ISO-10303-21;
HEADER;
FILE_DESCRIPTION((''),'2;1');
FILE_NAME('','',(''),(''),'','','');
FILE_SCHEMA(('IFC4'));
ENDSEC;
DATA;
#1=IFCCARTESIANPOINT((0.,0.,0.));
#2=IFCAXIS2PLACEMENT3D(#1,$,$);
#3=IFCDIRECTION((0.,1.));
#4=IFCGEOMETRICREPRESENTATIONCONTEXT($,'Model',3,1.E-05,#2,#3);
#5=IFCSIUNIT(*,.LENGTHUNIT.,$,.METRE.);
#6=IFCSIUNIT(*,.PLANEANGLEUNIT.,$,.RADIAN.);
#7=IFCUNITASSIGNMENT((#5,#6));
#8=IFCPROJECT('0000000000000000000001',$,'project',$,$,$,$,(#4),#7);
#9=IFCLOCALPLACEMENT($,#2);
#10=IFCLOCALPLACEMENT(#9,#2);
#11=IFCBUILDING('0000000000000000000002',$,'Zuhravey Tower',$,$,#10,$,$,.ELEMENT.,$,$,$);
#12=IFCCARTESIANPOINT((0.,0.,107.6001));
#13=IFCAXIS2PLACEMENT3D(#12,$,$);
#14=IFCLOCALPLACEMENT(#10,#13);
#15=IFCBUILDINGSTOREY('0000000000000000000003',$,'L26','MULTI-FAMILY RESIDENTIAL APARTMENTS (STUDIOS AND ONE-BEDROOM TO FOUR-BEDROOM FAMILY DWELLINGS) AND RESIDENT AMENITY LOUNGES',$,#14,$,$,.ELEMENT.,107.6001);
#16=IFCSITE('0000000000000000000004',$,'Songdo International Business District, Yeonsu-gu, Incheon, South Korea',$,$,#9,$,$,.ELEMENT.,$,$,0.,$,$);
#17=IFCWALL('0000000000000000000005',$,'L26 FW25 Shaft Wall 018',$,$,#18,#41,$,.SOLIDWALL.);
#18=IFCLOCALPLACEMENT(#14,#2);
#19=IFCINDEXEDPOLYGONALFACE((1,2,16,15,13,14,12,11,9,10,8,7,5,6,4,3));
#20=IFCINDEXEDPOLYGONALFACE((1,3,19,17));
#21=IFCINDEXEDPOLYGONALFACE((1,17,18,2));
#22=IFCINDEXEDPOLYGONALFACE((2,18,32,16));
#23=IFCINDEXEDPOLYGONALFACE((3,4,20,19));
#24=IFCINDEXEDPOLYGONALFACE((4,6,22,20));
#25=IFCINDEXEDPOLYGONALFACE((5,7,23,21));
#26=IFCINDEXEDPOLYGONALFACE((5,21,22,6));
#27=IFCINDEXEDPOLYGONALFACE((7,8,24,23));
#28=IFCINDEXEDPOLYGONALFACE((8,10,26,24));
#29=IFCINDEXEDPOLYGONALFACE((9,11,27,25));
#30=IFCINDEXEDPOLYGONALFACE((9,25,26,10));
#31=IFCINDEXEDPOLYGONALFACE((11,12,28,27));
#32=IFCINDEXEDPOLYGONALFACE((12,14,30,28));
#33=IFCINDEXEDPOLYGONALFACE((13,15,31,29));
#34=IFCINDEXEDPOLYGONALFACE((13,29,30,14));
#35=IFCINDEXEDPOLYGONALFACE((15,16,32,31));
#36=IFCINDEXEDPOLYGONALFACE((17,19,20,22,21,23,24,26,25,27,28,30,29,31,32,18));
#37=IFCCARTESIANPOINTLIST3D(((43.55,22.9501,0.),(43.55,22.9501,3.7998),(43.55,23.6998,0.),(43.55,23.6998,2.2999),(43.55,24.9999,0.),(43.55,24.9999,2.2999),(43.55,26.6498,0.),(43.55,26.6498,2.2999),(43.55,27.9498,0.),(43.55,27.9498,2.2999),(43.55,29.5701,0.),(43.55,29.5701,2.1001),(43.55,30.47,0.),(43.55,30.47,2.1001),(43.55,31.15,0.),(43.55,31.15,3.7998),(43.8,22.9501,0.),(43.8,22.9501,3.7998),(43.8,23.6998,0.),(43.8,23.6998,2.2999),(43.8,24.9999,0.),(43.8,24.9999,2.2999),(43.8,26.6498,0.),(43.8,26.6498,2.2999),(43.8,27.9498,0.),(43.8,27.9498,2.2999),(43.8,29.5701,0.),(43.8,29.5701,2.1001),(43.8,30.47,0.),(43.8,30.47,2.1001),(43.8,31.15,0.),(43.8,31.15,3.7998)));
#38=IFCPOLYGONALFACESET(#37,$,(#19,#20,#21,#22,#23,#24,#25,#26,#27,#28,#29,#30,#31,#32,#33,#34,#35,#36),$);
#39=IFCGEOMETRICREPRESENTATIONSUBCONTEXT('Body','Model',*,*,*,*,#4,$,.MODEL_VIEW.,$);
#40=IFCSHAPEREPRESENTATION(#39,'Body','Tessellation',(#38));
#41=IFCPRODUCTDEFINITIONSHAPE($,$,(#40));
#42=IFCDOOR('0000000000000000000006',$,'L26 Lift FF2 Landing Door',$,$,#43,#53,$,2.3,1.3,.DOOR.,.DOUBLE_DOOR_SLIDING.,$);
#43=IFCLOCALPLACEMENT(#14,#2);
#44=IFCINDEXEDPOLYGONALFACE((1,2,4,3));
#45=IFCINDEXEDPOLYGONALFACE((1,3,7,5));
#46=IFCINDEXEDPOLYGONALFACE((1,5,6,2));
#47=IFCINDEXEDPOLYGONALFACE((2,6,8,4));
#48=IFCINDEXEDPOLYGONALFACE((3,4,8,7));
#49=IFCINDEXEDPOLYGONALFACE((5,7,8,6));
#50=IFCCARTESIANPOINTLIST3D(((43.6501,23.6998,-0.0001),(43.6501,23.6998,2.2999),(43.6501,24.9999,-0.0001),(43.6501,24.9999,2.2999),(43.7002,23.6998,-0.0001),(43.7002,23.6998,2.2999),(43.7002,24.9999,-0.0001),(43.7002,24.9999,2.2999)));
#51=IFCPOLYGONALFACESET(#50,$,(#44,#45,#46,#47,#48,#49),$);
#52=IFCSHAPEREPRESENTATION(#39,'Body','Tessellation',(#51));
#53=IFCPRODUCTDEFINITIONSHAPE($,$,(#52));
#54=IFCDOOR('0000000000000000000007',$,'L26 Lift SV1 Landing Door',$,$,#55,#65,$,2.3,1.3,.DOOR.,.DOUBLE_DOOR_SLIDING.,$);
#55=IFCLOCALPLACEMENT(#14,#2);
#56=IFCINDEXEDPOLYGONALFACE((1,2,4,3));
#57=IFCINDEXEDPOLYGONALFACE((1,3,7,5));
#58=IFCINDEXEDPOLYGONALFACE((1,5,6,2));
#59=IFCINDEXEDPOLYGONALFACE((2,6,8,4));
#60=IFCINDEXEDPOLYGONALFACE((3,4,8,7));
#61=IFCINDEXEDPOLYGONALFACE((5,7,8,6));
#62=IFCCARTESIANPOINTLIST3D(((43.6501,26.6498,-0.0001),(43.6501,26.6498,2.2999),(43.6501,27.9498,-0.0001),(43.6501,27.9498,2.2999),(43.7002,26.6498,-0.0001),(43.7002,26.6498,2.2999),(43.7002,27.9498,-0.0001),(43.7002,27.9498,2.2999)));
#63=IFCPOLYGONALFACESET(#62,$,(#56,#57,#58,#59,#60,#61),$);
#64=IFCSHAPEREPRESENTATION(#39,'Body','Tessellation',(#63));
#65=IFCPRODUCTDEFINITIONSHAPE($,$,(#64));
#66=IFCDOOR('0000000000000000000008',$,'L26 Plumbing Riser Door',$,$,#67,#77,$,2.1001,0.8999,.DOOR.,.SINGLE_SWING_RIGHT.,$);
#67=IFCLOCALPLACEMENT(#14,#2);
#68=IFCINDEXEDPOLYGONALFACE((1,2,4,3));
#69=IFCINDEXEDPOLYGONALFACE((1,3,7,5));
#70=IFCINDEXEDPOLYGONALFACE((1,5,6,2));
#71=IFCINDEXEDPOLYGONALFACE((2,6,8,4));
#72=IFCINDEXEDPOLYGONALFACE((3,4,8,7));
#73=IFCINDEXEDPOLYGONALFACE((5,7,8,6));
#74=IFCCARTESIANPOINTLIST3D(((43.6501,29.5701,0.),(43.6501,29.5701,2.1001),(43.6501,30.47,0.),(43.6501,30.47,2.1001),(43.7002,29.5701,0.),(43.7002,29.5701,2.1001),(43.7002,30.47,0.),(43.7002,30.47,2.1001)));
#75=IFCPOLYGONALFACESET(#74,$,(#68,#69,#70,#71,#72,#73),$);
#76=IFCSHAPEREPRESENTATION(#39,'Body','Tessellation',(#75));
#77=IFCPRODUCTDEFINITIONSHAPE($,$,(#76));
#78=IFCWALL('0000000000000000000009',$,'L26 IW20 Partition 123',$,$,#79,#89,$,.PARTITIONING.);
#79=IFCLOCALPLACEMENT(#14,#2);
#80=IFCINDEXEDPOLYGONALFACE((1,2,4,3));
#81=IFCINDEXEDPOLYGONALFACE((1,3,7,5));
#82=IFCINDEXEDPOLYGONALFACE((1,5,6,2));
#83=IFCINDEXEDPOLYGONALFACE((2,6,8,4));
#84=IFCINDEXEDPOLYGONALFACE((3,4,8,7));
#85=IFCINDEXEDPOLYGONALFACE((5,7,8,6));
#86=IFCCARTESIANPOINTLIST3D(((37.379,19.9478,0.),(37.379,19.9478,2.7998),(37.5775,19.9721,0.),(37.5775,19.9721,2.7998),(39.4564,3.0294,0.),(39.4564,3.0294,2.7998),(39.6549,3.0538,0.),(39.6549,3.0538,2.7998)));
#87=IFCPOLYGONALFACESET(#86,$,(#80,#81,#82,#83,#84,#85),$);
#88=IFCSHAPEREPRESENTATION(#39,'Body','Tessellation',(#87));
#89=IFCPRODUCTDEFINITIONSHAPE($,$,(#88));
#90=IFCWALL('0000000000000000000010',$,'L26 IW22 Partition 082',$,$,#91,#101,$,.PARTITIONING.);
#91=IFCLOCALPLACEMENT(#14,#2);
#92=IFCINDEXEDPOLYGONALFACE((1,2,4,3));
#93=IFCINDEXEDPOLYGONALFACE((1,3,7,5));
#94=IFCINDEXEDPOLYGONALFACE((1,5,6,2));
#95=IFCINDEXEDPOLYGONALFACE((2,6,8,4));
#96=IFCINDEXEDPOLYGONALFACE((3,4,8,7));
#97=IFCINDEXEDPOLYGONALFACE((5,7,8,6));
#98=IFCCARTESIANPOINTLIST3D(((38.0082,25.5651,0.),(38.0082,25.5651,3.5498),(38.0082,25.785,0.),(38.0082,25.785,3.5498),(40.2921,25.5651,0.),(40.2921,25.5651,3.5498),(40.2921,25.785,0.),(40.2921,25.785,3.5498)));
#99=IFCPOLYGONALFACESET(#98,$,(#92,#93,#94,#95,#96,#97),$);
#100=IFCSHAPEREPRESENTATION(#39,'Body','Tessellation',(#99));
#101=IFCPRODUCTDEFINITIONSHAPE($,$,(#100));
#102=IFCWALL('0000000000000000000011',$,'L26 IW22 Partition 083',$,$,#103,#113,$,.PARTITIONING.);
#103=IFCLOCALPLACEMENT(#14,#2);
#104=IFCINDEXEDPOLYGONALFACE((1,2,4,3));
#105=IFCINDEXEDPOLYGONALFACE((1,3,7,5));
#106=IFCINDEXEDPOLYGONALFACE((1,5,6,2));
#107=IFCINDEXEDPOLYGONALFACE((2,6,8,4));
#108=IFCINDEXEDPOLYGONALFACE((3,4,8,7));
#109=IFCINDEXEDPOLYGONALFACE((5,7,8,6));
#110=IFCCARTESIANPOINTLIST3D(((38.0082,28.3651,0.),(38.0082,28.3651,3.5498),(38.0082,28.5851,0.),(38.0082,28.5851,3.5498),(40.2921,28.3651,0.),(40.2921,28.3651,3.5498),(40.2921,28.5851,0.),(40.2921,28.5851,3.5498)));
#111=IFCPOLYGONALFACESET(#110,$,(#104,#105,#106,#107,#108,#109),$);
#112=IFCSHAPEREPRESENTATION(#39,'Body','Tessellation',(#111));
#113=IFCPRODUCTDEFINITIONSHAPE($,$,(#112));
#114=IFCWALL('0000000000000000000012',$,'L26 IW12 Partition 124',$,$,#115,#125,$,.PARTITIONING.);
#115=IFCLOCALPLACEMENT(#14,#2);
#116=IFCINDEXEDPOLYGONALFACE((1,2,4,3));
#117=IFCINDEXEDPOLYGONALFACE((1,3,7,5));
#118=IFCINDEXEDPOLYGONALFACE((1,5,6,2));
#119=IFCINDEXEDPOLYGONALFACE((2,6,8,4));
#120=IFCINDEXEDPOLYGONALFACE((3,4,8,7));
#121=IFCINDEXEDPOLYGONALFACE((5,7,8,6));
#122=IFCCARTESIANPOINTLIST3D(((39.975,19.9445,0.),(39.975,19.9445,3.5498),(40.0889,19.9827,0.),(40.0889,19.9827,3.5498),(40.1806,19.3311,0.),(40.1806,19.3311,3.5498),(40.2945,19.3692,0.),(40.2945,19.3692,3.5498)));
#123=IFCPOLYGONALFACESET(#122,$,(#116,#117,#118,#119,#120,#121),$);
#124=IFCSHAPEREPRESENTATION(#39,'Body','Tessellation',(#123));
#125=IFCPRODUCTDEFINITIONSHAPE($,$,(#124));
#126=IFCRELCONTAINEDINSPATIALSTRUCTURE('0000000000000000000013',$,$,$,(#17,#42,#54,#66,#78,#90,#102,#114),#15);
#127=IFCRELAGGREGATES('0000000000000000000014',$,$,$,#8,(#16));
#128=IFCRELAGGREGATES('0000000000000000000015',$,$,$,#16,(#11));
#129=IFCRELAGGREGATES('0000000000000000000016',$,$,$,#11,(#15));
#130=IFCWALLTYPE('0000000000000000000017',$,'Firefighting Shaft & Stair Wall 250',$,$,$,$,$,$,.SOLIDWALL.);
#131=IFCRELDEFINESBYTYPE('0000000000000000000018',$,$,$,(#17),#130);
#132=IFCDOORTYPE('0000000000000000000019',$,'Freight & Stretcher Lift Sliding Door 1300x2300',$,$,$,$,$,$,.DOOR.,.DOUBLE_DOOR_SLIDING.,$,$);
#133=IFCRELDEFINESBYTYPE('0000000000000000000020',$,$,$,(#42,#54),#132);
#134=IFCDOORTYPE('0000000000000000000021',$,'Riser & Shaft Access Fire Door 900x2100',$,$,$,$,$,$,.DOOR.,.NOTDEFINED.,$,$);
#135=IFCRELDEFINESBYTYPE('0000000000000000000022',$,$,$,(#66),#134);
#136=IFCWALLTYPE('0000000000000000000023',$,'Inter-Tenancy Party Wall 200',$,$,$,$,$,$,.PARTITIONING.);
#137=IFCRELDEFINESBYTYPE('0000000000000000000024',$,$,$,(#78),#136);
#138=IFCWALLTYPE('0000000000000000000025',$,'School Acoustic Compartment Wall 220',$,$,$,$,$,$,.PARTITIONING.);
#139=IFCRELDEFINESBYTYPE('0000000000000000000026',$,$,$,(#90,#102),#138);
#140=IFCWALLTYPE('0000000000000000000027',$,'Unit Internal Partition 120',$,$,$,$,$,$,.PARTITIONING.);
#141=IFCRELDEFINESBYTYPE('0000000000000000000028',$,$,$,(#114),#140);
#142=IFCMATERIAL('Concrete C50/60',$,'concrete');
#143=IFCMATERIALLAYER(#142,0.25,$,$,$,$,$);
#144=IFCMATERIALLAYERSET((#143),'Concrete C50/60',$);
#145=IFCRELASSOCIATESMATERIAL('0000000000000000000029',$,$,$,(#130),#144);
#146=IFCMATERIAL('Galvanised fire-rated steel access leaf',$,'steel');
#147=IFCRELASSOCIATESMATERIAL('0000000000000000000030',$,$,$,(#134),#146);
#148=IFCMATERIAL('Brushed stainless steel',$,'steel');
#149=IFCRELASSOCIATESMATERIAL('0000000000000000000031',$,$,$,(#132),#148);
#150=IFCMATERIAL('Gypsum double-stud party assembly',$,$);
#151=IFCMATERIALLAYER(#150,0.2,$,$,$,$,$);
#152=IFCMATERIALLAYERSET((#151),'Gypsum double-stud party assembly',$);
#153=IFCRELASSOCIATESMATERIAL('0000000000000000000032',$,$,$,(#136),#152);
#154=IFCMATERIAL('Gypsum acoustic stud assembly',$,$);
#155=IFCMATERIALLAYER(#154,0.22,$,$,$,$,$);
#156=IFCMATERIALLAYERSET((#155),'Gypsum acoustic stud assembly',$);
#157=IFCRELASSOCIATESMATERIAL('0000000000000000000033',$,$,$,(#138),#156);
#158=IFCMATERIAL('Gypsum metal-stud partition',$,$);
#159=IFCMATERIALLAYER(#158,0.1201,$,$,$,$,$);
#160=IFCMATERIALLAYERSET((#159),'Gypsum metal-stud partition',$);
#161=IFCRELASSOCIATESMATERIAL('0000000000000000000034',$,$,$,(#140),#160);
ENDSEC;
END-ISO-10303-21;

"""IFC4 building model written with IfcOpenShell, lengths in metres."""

from ifc_helpers import new_model, si_unit, direction, frame, frame_2d, origin, place, context, subcontext, project, spatial, rectangle, extrude, material, layer, layer_set, type_object, element, fill, save


model = new_model("IFC4")

# Units and contexts
model_context = context("Model", 3, precision=1e-05, world=origin(), true_north=direction((0.0, 1.0)))
body_context = subcontext(model_context, "Body", "Model", "MODEL_VIEW")
ifc_project = project(units=[si_unit("LENGTHUNIT", "METRE"), si_unit("PLANEANGLEUNIT", "RADIAN")], contexts=[model_context])

# Site, building, storey
site_placement = place(None, origin())
site = spatial("IfcSite", under=ifc_project, at=site_placement, Name="Songdo International Business District, Yeonsu-gu, Incheon, South Korea", CompositionType="ELEMENT", RefElevation=0.0)
building_placement = place(site_placement, origin())
building = spatial("IfcBuilding", under=site, at=building_placement, Name="Zuhravey Tower", CompositionType="ELEMENT")
storey_placement = place(building_placement, frame((0.0, 0.0, 107.6001)))
storey = spatial("IfcBuildingStorey", under=building, at=storey_placement, Name="L26", Description="MULTI-FAMILY RESIDENTIAL APARTMENTS (STUDIOS AND ONE-BEDROOM TO FOUR-BEDROOM FAMILY DWELLINGS) AND RESIDENT AMENITY LOUNGES", CompositionType="ELEMENT", Elevation=107.6001)

# Shared definitions
ifc_material_1 = material(Name="Concrete C50/60", Category="concrete")
ifc_layer_1 = layer(ifc_material_1, 0.25)
ifc_layer_set_1 = layer_set([ifc_layer_1], Name="Concrete C50/60")
wall_type_1 = type_object("IfcWallType", Name="Firefighting Shaft & Stair Wall 250", PredefinedType="SOLIDWALL", material=ifc_layer_set_1)

# Shared definitions
ifc_material_2 = material(Name="Galvanised fire-rated steel access leaf", Category="steel")
door_type_1 = type_object("IfcDoorType", Name="Riser & Shaft Access Fire Door 900x2100", OperationType="NOTDEFINED", PredefinedType="DOOR", material=ifc_material_2)

# Wall, openings, doors
wall_1_placement = place(storey_placement, frame((43.675, 22.95, 0.0), z_axis=(0.0, 0.0, 1.0), x_axis=(0.0, 1.0, 0.0)))
wall_1 = element("IfcWall", 1, at=wall_1_placement, inside=storey, type_object=wall_type_1, Name="L26 FW25 Shaft Wall 018", PredefinedType="SOLIDWALL", context=body_context, shape_type="SweptSolid", body=[
    extrude(rectangle(XDim=8.2, YDim=0.25, at=frame_2d((4.1001, 0.0))), origin(), (0.0, 0.0, 1.0), 3.7998),
])
opening_1_placement = place(wall_1_placement, frame((0.75, 0.0, 0.0)))
opening_1 = element("IfcOpeningElement", 2, at=opening_1_placement, cuts=wall_1, PredefinedType="OPENING", context=body_context, shape_type="SweptSolid", body=[
    extrude(rectangle(XDim=1.3, YDim=2.3, at=frame_2d((0.6499, 1.1499))), frame((0.0, 0.137, 0.0), z_axis=(0.0, -1.0, 0.0), x_axis=(1.0, 0.0, 0.0)), (0.0, 0.0, 1.0), 0.2739),
])
opening_2_placement = place(wall_1_placement, frame((3.7, 0.0, 0.0)))
opening_2 = element("IfcOpeningElement", 3, at=opening_2_placement, cuts=wall_1, PredefinedType="OPENING", context=body_context, shape_type="SweptSolid", body=[
    extrude(rectangle(XDim=1.3, YDim=2.3, at=frame_2d((0.6499, 1.1499))), frame((0.0, 0.137, 0.0), z_axis=(0.0, -1.0, 0.0), x_axis=(1.0, 0.0, 0.0)), (0.0, 0.0, 1.0), 0.2739),
])
opening_3_placement = place(wall_1_placement, frame((6.6201, 0.0, 0.0)))
opening_3 = element("IfcOpeningElement", 4, at=opening_3_placement, cuts=wall_1, PredefinedType="OPENING", context=body_context, shape_type="SweptSolid", body=[
    extrude(rectangle(XDim=0.8999, YDim=2.1001, at=frame_2d((0.45, 1.05))), frame((0.0, 0.137, 0.0), z_axis=(0.0, -1.0, 0.0), x_axis=(1.0, 0.0, 0.0)), (0.0, 0.0, 1.0), 0.2739),
])
ifc_material_3 = material(Name="Brushed stainless steel", Category="steel")
door_type_2 = type_object("IfcDoorType", Name="Freight & Stretcher Lift Sliding Door 1300x2300", OperationType="DOUBLE_DOOR_SLIDING", PredefinedType="DOOR", material=ifc_material_3)
door_1_placement = place(opening_1_placement, origin())
door_1 = element("IfcDoor", 5, at=door_1_placement, inside=storey, type_object=door_type_2, Name="L26 Lift FF2 Landing Door", OperationType="DOUBLE_DOOR_SLIDING", OverallHeight=2.3, OverallWidth=1.3, PredefinedType="DOOR", context=body_context, shape_type="SweptSolid", body=[
    extrude(rectangle(XDim=1.3, YDim=2.3, at=frame_2d((0.6499, 1.1499))), frame((0.0, 0.0249, 0.0), z_axis=(0.0, -1.0, 0.0), x_axis=(1.0, 0.0, 0.0)), (0.0, 0.0, 1.0), 0.05),
])
fill(opening_1, door_1)
door_2_placement = place(opening_2_placement, origin())
door_2 = element("IfcDoor", 6, at=door_2_placement, inside=storey, type_object=door_type_2, Name="L26 Lift SV1 Landing Door", OperationType="DOUBLE_DOOR_SLIDING", OverallHeight=2.3, OverallWidth=1.3, PredefinedType="DOOR", context=body_context, shape_type="SweptSolid", body=[
    extrude(rectangle(XDim=1.3, YDim=2.3, at=frame_2d((0.6499, 1.1499))), frame((0.0, 0.0249, 0.0), z_axis=(0.0, -1.0, 0.0), x_axis=(1.0, 0.0, 0.0)), (0.0, 0.0, 1.0), 0.05),
])
fill(opening_2, door_2)
door_3_placement = place(opening_3_placement, origin())
door_3 = element("IfcDoor", 7, at=door_3_placement, inside=storey, type_object=door_type_1, Name="L26 Plumbing Riser Door", OperationType="SINGLE_SWING_RIGHT", OverallHeight=2.1001, OverallWidth=0.8999, PredefinedType="DOOR", context=body_context, shape_type="SweptSolid", body=[
    extrude(rectangle(XDim=0.8999, YDim=2.1001, at=frame_2d((0.45, 1.05))), frame((0.0, 0.0249, 0.0), z_axis=(0.0, -1.0, 0.0), x_axis=(1.0, 0.0, 0.0)), (0.0, 0.0, 1.0), 0.05),
])
fill(opening_3, door_3)

# Walls
ifc_material_4 = material(Name="Gypsum double-stud party assembly")
ifc_layer_2 = layer(ifc_material_4, 0.2)
ifc_layer_set_2 = layer_set([ifc_layer_2], Name="Gypsum double-stud party assembly")
wall_type_2 = type_object("IfcWallType", Name="Inter-Tenancy Party Wall 200", PredefinedType="PARTITIONING", material=ifc_layer_set_2)
wall_2_placement = place(storey_placement, frame((37.4783, 19.96, 0.0), z_axis=(0.0, 0.0, 1.0), x_axis=(0.121873, -0.992546, 0.0)))
element("IfcWall", 8, at=wall_2_placement, inside=storey, type_object=wall_type_2, Name="L26 IW20 Partition 123", PredefinedType="PARTITIONING", context=body_context, shape_type="SweptSolid", body=[
    extrude(rectangle(XDim=17.0454, YDim=0.2, at=frame_2d((8.5227, 0.0))), origin(), (0.0, 0.0, 1.0), 2.7998),
])
ifc_material_5 = material(Name="Gypsum acoustic stud assembly")
ifc_layer_3 = layer(ifc_material_5, 0.22)
ifc_layer_set_3 = layer_set([ifc_layer_3], Name="Gypsum acoustic stud assembly")
wall_type_3 = type_object("IfcWallType", Name="School Acoustic Compartment Wall 220", PredefinedType="PARTITIONING", material=ifc_layer_set_3)
for number, where, z_axis, x_axis, name in (
    (9, (38.0081, 25.675, 0.0), (0.0, 0.0, 1.0), (1.0, 0.0, 0.0), "L26 IW22 Partition 082"),
    (10, (38.0081, 28.4751, 0.0), (0.0, 0.0, 1.0), (1.0, 0.0, 0.0), "L26 IW22 Partition 083"),
):
    element("IfcWall", number, at=place(storey_placement, frame(where, z_axis=z_axis, x_axis=x_axis)), inside=storey, type_object=wall_type_3, Name=name, PredefinedType="PARTITIONING", context=body_context, shape_type="SweptSolid", body=[
        extrude(rectangle(XDim=2.2839, YDim=0.22, at=frame_2d((1.1421, 0.0))), origin(), (0.0, 0.0, 1.0), 3.5498),
    ])
ifc_material_6 = material(Name="Gypsum metal-stud partition")
ifc_layer_4 = layer(ifc_material_6, 0.1201)
ifc_layer_set_4 = layer_set([ifc_layer_4], Name="Gypsum metal-stud partition")
wall_type_4 = type_object("IfcWallType", Name="Unit Internal Partition 120", PredefinedType="PARTITIONING", material=ifc_layer_set_4)
wall_3_placement = place(storey_placement, frame((40.032, 19.9636, 0.0), z_axis=(0.0, 0.0, 1.0), x_axis=(0.317699, -0.948192, 0.0)))
element("IfcWall", 11, at=wall_3_placement, inside=storey, type_object=wall_type_4, Name="L26 IW12 Partition 124", PredefinedType="PARTITIONING", context=body_context, shape_type="SweptSolid", body=[
    extrude(rectangle(XDim=0.647, YDim=0.1201, at=frame_2d((0.3235, 0.0))), origin(), (0.0, 0.0, 1.0), 3.5498),
])

save(model, "model.ifc")
